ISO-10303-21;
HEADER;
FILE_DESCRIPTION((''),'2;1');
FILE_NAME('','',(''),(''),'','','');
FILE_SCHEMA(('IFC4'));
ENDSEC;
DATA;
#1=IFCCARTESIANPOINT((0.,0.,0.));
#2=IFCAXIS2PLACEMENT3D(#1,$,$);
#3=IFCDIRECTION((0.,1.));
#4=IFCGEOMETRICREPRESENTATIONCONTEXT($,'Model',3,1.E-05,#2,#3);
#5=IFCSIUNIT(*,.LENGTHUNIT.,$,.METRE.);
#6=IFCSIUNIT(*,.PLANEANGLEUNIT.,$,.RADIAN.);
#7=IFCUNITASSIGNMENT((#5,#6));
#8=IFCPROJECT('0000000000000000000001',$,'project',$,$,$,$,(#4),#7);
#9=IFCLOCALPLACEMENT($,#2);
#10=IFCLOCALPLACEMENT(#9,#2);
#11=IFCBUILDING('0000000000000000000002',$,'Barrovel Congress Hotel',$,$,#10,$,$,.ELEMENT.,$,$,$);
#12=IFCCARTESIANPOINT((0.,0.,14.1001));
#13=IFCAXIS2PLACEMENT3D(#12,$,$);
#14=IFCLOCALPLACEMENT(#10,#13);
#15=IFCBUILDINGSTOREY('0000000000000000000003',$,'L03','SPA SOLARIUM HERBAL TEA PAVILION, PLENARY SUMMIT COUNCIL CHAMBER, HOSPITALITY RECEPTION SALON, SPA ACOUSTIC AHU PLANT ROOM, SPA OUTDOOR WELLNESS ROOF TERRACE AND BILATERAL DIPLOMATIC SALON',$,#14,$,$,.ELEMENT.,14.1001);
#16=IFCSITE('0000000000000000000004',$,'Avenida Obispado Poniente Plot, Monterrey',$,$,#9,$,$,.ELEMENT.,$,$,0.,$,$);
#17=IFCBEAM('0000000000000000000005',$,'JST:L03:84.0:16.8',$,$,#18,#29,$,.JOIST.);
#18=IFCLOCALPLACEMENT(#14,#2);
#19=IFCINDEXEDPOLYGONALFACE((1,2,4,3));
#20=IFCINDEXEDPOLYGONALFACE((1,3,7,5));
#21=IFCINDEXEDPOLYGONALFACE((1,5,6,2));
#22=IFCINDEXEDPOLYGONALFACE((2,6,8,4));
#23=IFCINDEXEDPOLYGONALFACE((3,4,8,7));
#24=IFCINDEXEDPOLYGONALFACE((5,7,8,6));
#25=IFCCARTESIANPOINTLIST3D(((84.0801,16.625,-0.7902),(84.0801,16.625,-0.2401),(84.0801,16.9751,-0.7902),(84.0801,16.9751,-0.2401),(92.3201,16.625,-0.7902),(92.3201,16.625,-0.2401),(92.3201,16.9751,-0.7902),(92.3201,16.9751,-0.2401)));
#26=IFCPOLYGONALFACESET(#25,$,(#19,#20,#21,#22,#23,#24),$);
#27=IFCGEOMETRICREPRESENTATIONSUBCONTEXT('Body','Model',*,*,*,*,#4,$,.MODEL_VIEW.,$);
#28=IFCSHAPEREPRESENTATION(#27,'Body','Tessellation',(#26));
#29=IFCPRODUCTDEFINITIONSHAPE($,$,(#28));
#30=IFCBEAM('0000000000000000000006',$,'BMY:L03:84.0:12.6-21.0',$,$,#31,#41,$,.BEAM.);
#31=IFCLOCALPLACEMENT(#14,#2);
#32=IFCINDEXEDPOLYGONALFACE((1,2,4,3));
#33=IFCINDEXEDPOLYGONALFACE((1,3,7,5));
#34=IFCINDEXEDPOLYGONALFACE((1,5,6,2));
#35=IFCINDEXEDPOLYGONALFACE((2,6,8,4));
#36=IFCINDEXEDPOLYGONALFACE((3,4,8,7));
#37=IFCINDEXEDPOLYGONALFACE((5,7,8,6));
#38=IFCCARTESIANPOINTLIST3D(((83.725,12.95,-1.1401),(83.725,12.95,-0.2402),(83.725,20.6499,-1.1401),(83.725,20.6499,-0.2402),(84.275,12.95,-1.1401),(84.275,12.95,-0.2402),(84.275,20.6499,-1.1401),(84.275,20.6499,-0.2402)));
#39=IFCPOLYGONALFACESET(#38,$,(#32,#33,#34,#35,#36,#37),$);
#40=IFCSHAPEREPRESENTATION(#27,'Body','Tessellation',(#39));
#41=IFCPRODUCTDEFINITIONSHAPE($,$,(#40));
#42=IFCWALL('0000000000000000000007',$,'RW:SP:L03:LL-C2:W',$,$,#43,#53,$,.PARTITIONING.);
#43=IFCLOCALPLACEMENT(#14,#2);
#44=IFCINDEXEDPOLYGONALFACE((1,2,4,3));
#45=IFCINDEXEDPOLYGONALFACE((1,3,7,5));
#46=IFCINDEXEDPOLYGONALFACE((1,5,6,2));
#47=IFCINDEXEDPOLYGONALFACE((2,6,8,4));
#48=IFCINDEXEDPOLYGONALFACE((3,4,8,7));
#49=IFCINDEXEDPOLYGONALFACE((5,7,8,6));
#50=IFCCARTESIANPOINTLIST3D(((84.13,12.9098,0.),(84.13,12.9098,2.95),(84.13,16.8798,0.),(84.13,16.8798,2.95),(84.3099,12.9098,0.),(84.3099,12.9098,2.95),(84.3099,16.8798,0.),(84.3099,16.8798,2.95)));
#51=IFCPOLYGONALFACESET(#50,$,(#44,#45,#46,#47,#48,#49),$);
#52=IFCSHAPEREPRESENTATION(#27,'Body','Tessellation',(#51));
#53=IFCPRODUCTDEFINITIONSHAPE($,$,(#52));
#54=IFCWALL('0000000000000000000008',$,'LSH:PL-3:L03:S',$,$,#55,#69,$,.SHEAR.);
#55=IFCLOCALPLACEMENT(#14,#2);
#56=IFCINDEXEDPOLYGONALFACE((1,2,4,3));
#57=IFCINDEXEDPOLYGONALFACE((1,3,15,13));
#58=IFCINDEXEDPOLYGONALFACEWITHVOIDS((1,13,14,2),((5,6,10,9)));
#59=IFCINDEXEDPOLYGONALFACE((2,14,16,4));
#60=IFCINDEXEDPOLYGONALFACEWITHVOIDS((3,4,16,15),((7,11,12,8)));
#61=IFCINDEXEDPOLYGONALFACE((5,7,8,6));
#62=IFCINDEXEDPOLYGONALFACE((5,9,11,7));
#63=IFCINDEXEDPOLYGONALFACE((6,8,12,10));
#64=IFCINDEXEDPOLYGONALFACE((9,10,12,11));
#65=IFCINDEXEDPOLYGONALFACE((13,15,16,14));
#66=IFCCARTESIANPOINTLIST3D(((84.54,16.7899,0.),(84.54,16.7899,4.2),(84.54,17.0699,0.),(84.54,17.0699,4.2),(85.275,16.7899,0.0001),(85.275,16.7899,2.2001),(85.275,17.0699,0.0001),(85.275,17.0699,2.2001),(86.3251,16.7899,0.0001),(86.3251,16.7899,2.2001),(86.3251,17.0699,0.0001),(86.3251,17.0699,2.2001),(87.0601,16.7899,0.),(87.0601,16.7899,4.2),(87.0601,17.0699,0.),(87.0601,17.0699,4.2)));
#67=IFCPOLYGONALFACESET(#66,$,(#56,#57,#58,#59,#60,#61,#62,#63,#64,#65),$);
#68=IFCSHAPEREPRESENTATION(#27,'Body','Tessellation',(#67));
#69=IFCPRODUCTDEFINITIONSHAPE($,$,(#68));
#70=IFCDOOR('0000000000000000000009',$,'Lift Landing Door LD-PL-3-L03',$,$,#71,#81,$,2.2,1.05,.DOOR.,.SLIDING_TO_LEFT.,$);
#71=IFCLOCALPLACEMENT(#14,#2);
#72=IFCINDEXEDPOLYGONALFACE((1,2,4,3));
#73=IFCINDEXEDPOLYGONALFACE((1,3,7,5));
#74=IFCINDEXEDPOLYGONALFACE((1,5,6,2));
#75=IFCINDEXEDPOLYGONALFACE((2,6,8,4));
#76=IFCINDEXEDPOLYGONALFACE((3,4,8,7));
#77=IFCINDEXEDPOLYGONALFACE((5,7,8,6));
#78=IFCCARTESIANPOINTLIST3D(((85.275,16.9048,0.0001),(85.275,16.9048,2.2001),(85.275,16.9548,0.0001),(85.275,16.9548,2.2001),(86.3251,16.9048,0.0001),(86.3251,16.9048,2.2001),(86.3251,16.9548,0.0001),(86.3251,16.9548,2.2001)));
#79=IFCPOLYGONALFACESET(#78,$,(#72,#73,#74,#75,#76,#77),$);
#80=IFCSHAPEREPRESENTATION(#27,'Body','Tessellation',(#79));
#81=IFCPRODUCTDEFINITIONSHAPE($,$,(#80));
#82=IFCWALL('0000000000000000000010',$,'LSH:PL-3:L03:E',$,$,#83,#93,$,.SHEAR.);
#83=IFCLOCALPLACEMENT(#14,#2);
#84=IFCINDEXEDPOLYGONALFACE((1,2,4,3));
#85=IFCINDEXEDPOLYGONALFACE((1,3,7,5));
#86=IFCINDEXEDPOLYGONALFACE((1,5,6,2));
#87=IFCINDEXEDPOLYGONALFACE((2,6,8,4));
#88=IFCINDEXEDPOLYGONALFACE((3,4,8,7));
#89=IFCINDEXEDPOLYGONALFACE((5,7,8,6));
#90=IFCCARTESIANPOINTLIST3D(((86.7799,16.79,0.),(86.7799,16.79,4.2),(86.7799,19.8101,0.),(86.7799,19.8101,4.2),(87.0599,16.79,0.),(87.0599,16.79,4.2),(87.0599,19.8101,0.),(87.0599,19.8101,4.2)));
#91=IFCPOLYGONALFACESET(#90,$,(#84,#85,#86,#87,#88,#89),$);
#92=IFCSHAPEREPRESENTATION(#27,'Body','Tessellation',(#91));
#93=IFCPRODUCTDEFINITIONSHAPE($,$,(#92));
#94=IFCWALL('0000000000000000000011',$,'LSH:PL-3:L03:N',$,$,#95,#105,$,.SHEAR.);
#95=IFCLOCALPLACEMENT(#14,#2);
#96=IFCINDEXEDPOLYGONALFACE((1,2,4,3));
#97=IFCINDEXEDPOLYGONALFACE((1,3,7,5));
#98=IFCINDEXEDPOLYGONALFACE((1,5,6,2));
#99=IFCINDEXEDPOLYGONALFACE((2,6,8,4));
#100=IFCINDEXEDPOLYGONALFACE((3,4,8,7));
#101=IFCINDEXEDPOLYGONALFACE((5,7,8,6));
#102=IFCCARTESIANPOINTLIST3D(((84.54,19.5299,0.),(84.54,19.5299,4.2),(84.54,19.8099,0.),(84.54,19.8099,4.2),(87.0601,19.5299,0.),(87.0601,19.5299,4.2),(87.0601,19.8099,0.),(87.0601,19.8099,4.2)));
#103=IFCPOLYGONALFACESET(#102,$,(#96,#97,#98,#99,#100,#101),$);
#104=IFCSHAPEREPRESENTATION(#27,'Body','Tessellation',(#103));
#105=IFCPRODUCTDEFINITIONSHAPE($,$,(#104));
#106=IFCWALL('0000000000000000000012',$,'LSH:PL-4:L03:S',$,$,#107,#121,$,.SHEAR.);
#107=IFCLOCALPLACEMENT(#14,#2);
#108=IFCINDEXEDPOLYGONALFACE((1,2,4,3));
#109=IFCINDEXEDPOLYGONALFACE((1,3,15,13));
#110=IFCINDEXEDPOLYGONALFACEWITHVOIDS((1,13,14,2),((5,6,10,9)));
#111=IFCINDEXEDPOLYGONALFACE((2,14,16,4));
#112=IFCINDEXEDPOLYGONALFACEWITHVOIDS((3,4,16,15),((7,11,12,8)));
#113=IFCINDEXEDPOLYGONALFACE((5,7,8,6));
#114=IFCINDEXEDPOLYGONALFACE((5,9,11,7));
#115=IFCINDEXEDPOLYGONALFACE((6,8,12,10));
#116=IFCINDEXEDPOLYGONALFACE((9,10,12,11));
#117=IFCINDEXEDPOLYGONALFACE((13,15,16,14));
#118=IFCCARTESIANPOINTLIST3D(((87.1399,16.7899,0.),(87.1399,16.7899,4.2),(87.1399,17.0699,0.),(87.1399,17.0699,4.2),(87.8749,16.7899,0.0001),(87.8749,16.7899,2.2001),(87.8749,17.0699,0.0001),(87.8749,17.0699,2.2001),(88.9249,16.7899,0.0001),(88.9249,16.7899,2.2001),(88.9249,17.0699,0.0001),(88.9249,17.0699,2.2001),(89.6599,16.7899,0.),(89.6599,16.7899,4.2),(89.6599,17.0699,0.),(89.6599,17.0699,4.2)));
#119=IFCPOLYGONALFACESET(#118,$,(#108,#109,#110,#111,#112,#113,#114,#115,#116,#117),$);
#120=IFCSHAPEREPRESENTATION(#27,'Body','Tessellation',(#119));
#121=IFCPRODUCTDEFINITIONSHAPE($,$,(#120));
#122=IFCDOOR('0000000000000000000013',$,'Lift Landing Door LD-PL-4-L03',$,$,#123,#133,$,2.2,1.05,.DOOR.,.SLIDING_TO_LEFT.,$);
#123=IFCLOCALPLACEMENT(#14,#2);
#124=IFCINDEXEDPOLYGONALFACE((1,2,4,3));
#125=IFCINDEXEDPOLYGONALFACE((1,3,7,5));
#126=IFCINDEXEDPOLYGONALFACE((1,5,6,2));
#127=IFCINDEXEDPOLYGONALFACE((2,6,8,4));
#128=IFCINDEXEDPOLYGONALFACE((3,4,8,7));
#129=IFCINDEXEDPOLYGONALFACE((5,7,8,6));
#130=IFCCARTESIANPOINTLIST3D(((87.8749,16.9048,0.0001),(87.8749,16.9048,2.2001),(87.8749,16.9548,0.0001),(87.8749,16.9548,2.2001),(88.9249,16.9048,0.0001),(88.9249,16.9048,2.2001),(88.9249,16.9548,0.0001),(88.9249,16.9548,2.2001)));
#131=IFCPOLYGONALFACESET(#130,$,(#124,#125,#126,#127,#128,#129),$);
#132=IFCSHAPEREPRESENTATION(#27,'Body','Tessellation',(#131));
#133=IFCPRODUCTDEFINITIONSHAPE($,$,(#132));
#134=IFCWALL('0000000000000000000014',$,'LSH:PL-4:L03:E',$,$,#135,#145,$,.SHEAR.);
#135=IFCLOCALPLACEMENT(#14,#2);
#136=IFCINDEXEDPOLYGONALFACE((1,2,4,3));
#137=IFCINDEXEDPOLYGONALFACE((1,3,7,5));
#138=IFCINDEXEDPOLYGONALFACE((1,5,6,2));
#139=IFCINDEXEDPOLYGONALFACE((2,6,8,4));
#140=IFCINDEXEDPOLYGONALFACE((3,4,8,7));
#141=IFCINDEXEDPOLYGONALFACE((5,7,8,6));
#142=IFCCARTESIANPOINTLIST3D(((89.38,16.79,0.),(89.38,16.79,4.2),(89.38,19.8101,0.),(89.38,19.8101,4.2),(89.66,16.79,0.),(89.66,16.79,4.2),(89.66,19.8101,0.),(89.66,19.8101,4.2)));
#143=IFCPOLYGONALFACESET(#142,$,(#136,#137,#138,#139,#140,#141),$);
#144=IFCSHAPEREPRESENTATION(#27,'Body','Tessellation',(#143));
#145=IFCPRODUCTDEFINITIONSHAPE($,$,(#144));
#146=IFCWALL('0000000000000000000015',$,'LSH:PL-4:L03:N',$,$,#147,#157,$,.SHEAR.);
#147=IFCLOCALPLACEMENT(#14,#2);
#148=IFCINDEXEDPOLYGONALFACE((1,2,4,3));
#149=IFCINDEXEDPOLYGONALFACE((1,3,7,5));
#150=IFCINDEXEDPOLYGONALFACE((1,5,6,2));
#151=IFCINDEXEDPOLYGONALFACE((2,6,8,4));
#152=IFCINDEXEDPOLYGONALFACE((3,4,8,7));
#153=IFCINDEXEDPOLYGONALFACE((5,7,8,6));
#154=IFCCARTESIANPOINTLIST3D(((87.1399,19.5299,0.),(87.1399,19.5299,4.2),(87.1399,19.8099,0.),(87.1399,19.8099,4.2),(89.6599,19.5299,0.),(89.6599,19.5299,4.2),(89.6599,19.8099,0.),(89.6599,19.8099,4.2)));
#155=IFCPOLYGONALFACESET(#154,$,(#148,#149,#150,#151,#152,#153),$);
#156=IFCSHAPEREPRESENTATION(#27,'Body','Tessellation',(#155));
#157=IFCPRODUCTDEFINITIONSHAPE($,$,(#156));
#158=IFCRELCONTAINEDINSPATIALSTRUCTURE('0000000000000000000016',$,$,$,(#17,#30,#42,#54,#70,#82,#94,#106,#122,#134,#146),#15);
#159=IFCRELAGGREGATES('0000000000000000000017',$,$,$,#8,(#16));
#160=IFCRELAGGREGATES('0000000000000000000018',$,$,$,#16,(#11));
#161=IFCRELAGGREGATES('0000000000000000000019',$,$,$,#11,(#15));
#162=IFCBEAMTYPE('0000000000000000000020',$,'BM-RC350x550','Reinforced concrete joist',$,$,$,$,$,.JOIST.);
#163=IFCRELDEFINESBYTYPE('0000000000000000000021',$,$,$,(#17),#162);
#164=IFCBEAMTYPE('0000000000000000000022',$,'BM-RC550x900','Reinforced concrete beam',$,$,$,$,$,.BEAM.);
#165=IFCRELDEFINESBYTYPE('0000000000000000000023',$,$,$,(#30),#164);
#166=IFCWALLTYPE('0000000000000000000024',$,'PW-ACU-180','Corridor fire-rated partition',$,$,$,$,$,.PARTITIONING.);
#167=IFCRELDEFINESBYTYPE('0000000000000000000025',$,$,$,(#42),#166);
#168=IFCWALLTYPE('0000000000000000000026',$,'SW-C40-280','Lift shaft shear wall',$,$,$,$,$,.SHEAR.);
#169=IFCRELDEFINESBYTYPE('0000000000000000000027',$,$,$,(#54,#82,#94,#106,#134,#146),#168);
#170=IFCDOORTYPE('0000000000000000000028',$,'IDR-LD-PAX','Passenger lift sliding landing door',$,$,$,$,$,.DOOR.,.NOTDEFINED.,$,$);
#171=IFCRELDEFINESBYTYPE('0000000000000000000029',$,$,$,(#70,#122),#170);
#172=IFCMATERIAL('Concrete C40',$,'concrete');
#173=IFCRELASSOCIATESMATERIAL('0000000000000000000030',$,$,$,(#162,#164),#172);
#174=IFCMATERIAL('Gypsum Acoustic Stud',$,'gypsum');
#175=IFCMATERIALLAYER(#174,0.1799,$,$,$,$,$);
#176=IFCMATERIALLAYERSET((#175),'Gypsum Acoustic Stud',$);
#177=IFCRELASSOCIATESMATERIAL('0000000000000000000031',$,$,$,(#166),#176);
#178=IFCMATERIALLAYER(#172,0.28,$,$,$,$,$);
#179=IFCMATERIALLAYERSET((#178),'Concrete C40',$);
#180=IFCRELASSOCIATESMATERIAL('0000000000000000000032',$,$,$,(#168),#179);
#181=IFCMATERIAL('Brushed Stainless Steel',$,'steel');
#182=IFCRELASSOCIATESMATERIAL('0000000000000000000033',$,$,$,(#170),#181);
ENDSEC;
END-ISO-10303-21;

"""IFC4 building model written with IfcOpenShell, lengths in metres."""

from ifc_helpers import new_model, si_unit, direction, frame, frame_2d, origin, origin_2d, place, context, subcontext, project, spatial, rectangle, extrude, material, layer, layer_set, material_profile, profile_set, type_object, element, fill, save


model = new_model("IFC4")

# Units and contexts
model_context = context("Model", 3, precision=1e-05, world=origin(), true_north=direction((0.0, 1.0)))
body_context = subcontext(model_context, "Body", "Model", "MODEL_VIEW")
ifc_project = project(units=[si_unit("LENGTHUNIT", "METRE"), si_unit("PLANEANGLEUNIT", "RADIAN")], contexts=[model_context])

# Site, building, storey
site_placement = place(None, origin())
site = spatial("IfcSite", under=ifc_project, at=site_placement, Name="Avenida Obispado Poniente Plot, Monterrey", CompositionType="ELEMENT", RefElevation=0.0)
building_placement = place(site_placement, origin())
building = spatial("IfcBuilding", under=site, at=building_placement, Name="Barrovel Congress Hotel", CompositionType="ELEMENT")
storey_placement = place(building_placement, frame((0.0, 0.0, 14.1001)))
storey = spatial("IfcBuildingStorey", under=building, at=storey_placement, Name="L03", Description="SPA SOLARIUM HERBAL TEA PAVILION, PLENARY SUMMIT COUNCIL CHAMBER, HOSPITALITY RECEPTION SALON, SPA ACOUSTIC AHU PLANT ROOM, SPA OUTDOOR WELLNESS ROOF TERRACE AND BILATERAL DIPLOMATIC SALON", CompositionType="ELEMENT", Elevation=14.1001)

# Beams
ifc_material_1 = material(Name="Concrete C40", Category="concrete")
ifc_material_profile_1 = material_profile(ifc_material_1, rectangle(XDim=0.3501, YDim=0.55, at=origin_2d()), Name="RC350x550")
ifc_profile_set_1 = profile_set([ifc_material_profile_1], Name="Concrete C40")
beam_type_1 = type_object("IfcBeamType", Name="BM-RC350x550", Description="Reinforced concrete joist", PredefinedType="JOIST", material=ifc_profile_set_1)
beam_1_placement = place(storey_placement, frame((84.0801, 16.8, -0.5151), z_axis=(1.0, 0.0, 0.0), x_axis=(0.0, 1.0, 0.0)))
element("IfcBeam", 1, at=beam_1_placement, inside=storey, type_object=beam_type_1, Name="JST:L03:84.0:16.8", PredefinedType="JOIST", context=body_context, shape_type="SweptSolid", body=[
    extrude(rectangle(XDim=0.3501, YDim=0.55, at=origin_2d()), origin(), (0.0, 0.0, 1.0), 8.24),
])
ifc_material_profile_2 = material_profile(ifc_material_1, rectangle(XDim=0.55, YDim=0.8999, at=origin_2d()), Name="RC550x900")
ifc_profile_set_2 = profile_set([ifc_material_profile_2], Name="Concrete C40")
beam_type_2 = type_object("IfcBeamType", Name="BM-RC550x900", Description="Reinforced concrete beam", PredefinedType="BEAM", material=ifc_profile_set_2)
beam_2_placement = place(storey_placement, frame((84.0, 12.95, -0.6902), z_axis=(0.0, 1.0, 0.0), x_axis=(-1.0, 0.0, 0.0)))
element("IfcBeam", 2, at=beam_2_placement, inside=storey, type_object=beam_type_2, Name="BMY:L03:84.0:12.6-21.0", PredefinedType="BEAM", context=body_context, shape_type="SweptSolid", body=[
    extrude(rectangle(XDim=0.55, YDim=0.8999, at=origin_2d()), origin(), (0.0, 0.0, 1.0), 7.7),
])

# Wall
ifc_material_2 = material(Name="Gypsum Acoustic Stud", Category="gypsum")
ifc_layer_1 = layer(ifc_material_2, 0.1799)
ifc_layer_set_1 = layer_set([ifc_layer_1], Name="Gypsum Acoustic Stud")
wall_type_1 = type_object("IfcWallType", Name="PW-ACU-180", Description="Corridor fire-rated partition", PredefinedType="PARTITIONING", material=ifc_layer_set_1)
wall_1_placement = place(storey_placement, frame((84.22, 12.9099, 0.0), z_axis=(0.0, 0.0, 1.0), x_axis=(0.0, 1.0, 0.0)))
element("IfcWall", 3, at=wall_1_placement, inside=storey, type_object=wall_type_1, Name="RW:SP:L03:LL-C2:W", PredefinedType="PARTITIONING", context=body_context, shape_type="SweptSolid", body=[
    extrude(rectangle(XDim=3.97, YDim=0.1799, at=frame_2d((1.9849, 0.0))), origin(), (0.0, 0.0, 1.0), 2.95),
])

# Wall, opening, door
ifc_layer_2 = layer(ifc_material_1, 0.28)
ifc_layer_set_2 = layer_set([ifc_layer_2], Name="Concrete C40")
wall_type_2 = type_object("IfcWallType", Name="SW-C40-280", Description="Lift shaft shear wall", PredefinedType="SHEAR", material=ifc_layer_set_2)
wall_2_placement = place(storey_placement, frame((84.54, 16.9299, 0.0), z_axis=(0.0, 0.0, 1.0), x_axis=(1.0, 0.0, 0.0)))
wall_2 = element("IfcWall", 4, at=wall_2_placement, inside=storey, type_object=wall_type_2, Name="LSH:PL-3:L03:S", PredefinedType="SHEAR", context=body_context, shape_type="SweptSolid", body=[
    extrude(rectangle(XDim=2.52, YDim=0.28, at=frame_2d((1.26, 0.0))), origin(), (0.0, 0.0, 1.0), 4.2),
])
opening_1_placement = place(wall_2_placement, frame((0.7351, 0.0, 0.0)))
opening_1 = element("IfcOpeningElement", 5, at=opening_1_placement, cuts=wall_2, PredefinedType="OPENING", context=body_context, shape_type="SweptSolid", body=[
    extrude(rectangle(XDim=1.05, YDim=2.2, at=frame_2d((0.5249, 1.1001))), frame((0.0, 0.1499, 0.0), z_axis=(0.0, -1.0, 0.0), x_axis=(1.0, 0.0, 0.0)), (0.0, 0.0, 1.0), 0.3),
])
ifc_material_3 = material(Name="Brushed Stainless Steel", Category="steel")
door_type_1 = type_object("IfcDoorType", Name="IDR-LD-PAX", Description="Passenger lift sliding landing door", OperationType="NOTDEFINED", PredefinedType="DOOR", material=ifc_material_3)
door_1_placement = place(opening_1_placement, origin())
door_1 = element("IfcDoor", 6, at=door_1_placement, inside=storey, type_object=door_type_1, Name="Lift Landing Door LD-PL-3-L03", OperationType="SLIDING_TO_LEFT", OverallHeight=2.2, OverallWidth=1.05, PredefinedType="DOOR", context=body_context, shape_type="SweptSolid", body=[
    extrude(rectangle(XDim=1.05, YDim=2.2, at=frame_2d((0.5249, 1.1001))), frame((0.0, 0.0249, 0.0), z_axis=(0.0, -1.0, 0.0), x_axis=(1.0, 0.0, 0.0)), (0.0, 0.0, 1.0), 0.05),
])
fill(opening_1, door_1)

# Walls
wall_3_placement = place(storey_placement, frame((86.9199, 16.79, 0.0), z_axis=(0.0, 0.0, 1.0), x_axis=(0.0, 1.0, 0.0)))
element("IfcWall", 7, at=wall_3_placement, inside=storey, type_object=wall_type_2, Name="LSH:PL-3:L03:E", PredefinedType="SHEAR", context=body_context, shape_type="SweptSolid", body=[
    extrude(rectangle(XDim=3.02, YDim=0.28, at=frame_2d((1.51, 0.0))), origin(), (0.0, 0.0, 1.0), 4.2),
])
wall_4_placement = place(storey_placement, frame((87.0601, 19.6699, 0.0), z_axis=(0.0, 0.0, 1.0), x_axis=(-1.0, 0.0, 0.0)))
element("IfcWall", 8, at=wall_4_placement, inside=storey, type_object=wall_type_2, Name="LSH:PL-3:L03:N", PredefinedType="SHEAR", context=body_context, shape_type="SweptSolid", body=[
    extrude(rectangle(XDim=2.52, YDim=0.28, at=frame_2d((1.26, 0.0))), origin(), (0.0, 0.0, 1.0), 4.2),
])

# Wall, opening, door
wall_5_placement = place(storey_placement, frame((87.1399, 16.9299, 0.0), z_axis=(0.0, 0.0, 1.0), x_axis=(1.0, 0.0, 0.0)))
wall_5 = element("IfcWall", 9, at=wall_5_placement, inside=storey, type_object=wall_type_2, Name="LSH:PL-4:L03:S", PredefinedType="SHEAR", context=body_context, shape_type="SweptSolid", body=[
    extrude(rectangle(XDim=2.52, YDim=0.28, at=frame_2d((1.26, 0.0))), origin(), (0.0, 0.0, 1.0), 4.2),
])
opening_2_placement = place(wall_5_placement, frame((0.7351, 0.0, 0.0)))
opening_2 = element("IfcOpeningElement", 10, at=opening_2_placement, cuts=wall_5, PredefinedType="OPENING", context=body_context, shape_type="SweptSolid", body=[
    extrude(rectangle(XDim=1.05, YDim=2.2, at=frame_2d((0.5249, 1.1001))), frame((0.0, 0.1499, 0.0), z_axis=(0.0, -1.0, 0.0), x_axis=(1.0, 0.0, 0.0)), (0.0, 0.0, 1.0), 0.3),
])
door_2_placement = place(opening_2_placement, origin())
door_2 = element("IfcDoor", 11, at=door_2_placement, inside=storey, type_object=door_type_1, Name="Lift Landing Door LD-PL-4-L03", OperationType="SLIDING_TO_LEFT", OverallHeight=2.2, OverallWidth=1.05, PredefinedType="DOOR", context=body_context, shape_type="SweptSolid", body=[
    extrude(rectangle(XDim=1.05, YDim=2.2, at=frame_2d((0.5249, 1.1001))), frame((0.0, 0.0249, 0.0), z_axis=(0.0, -1.0, 0.0), x_axis=(1.0, 0.0, 0.0)), (0.0, 0.0, 1.0), 0.05),
])
fill(opening_2, door_2)

# Walls
wall_6_placement = place(storey_placement, frame((89.52, 16.79, 0.0), z_axis=(0.0, 0.0, 1.0), x_axis=(0.0, 1.0, 0.0)))
element("IfcWall", 12, at=wall_6_placement, inside=storey, type_object=wall_type_2, Name="LSH:PL-4:L03:E", PredefinedType="SHEAR", context=body_context, shape_type="SweptSolid", body=[
    extrude(rectangle(XDim=3.02, YDim=0.28, at=frame_2d((1.51, 0.0))), origin(), (0.0, 0.0, 1.0), 4.2),
])
wall_7_placement = place(storey_placement, frame((89.6599, 19.6699, 0.0), z_axis=(0.0, 0.0, 1.0), x_axis=(-1.0, 0.0, 0.0)))
element("IfcWall", 13, at=wall_7_placement, inside=storey, type_object=wall_type_2, Name="LSH:PL-4:L03:N", PredefinedType="SHEAR", context=body_context, shape_type="SweptSolid", body=[
    extrude(rectangle(XDim=2.52, YDim=0.28, at=frame_2d((1.26, 0.0))), origin(), (0.0, 0.0, 1.0), 4.2),
])

save(model, "model.ifc")
